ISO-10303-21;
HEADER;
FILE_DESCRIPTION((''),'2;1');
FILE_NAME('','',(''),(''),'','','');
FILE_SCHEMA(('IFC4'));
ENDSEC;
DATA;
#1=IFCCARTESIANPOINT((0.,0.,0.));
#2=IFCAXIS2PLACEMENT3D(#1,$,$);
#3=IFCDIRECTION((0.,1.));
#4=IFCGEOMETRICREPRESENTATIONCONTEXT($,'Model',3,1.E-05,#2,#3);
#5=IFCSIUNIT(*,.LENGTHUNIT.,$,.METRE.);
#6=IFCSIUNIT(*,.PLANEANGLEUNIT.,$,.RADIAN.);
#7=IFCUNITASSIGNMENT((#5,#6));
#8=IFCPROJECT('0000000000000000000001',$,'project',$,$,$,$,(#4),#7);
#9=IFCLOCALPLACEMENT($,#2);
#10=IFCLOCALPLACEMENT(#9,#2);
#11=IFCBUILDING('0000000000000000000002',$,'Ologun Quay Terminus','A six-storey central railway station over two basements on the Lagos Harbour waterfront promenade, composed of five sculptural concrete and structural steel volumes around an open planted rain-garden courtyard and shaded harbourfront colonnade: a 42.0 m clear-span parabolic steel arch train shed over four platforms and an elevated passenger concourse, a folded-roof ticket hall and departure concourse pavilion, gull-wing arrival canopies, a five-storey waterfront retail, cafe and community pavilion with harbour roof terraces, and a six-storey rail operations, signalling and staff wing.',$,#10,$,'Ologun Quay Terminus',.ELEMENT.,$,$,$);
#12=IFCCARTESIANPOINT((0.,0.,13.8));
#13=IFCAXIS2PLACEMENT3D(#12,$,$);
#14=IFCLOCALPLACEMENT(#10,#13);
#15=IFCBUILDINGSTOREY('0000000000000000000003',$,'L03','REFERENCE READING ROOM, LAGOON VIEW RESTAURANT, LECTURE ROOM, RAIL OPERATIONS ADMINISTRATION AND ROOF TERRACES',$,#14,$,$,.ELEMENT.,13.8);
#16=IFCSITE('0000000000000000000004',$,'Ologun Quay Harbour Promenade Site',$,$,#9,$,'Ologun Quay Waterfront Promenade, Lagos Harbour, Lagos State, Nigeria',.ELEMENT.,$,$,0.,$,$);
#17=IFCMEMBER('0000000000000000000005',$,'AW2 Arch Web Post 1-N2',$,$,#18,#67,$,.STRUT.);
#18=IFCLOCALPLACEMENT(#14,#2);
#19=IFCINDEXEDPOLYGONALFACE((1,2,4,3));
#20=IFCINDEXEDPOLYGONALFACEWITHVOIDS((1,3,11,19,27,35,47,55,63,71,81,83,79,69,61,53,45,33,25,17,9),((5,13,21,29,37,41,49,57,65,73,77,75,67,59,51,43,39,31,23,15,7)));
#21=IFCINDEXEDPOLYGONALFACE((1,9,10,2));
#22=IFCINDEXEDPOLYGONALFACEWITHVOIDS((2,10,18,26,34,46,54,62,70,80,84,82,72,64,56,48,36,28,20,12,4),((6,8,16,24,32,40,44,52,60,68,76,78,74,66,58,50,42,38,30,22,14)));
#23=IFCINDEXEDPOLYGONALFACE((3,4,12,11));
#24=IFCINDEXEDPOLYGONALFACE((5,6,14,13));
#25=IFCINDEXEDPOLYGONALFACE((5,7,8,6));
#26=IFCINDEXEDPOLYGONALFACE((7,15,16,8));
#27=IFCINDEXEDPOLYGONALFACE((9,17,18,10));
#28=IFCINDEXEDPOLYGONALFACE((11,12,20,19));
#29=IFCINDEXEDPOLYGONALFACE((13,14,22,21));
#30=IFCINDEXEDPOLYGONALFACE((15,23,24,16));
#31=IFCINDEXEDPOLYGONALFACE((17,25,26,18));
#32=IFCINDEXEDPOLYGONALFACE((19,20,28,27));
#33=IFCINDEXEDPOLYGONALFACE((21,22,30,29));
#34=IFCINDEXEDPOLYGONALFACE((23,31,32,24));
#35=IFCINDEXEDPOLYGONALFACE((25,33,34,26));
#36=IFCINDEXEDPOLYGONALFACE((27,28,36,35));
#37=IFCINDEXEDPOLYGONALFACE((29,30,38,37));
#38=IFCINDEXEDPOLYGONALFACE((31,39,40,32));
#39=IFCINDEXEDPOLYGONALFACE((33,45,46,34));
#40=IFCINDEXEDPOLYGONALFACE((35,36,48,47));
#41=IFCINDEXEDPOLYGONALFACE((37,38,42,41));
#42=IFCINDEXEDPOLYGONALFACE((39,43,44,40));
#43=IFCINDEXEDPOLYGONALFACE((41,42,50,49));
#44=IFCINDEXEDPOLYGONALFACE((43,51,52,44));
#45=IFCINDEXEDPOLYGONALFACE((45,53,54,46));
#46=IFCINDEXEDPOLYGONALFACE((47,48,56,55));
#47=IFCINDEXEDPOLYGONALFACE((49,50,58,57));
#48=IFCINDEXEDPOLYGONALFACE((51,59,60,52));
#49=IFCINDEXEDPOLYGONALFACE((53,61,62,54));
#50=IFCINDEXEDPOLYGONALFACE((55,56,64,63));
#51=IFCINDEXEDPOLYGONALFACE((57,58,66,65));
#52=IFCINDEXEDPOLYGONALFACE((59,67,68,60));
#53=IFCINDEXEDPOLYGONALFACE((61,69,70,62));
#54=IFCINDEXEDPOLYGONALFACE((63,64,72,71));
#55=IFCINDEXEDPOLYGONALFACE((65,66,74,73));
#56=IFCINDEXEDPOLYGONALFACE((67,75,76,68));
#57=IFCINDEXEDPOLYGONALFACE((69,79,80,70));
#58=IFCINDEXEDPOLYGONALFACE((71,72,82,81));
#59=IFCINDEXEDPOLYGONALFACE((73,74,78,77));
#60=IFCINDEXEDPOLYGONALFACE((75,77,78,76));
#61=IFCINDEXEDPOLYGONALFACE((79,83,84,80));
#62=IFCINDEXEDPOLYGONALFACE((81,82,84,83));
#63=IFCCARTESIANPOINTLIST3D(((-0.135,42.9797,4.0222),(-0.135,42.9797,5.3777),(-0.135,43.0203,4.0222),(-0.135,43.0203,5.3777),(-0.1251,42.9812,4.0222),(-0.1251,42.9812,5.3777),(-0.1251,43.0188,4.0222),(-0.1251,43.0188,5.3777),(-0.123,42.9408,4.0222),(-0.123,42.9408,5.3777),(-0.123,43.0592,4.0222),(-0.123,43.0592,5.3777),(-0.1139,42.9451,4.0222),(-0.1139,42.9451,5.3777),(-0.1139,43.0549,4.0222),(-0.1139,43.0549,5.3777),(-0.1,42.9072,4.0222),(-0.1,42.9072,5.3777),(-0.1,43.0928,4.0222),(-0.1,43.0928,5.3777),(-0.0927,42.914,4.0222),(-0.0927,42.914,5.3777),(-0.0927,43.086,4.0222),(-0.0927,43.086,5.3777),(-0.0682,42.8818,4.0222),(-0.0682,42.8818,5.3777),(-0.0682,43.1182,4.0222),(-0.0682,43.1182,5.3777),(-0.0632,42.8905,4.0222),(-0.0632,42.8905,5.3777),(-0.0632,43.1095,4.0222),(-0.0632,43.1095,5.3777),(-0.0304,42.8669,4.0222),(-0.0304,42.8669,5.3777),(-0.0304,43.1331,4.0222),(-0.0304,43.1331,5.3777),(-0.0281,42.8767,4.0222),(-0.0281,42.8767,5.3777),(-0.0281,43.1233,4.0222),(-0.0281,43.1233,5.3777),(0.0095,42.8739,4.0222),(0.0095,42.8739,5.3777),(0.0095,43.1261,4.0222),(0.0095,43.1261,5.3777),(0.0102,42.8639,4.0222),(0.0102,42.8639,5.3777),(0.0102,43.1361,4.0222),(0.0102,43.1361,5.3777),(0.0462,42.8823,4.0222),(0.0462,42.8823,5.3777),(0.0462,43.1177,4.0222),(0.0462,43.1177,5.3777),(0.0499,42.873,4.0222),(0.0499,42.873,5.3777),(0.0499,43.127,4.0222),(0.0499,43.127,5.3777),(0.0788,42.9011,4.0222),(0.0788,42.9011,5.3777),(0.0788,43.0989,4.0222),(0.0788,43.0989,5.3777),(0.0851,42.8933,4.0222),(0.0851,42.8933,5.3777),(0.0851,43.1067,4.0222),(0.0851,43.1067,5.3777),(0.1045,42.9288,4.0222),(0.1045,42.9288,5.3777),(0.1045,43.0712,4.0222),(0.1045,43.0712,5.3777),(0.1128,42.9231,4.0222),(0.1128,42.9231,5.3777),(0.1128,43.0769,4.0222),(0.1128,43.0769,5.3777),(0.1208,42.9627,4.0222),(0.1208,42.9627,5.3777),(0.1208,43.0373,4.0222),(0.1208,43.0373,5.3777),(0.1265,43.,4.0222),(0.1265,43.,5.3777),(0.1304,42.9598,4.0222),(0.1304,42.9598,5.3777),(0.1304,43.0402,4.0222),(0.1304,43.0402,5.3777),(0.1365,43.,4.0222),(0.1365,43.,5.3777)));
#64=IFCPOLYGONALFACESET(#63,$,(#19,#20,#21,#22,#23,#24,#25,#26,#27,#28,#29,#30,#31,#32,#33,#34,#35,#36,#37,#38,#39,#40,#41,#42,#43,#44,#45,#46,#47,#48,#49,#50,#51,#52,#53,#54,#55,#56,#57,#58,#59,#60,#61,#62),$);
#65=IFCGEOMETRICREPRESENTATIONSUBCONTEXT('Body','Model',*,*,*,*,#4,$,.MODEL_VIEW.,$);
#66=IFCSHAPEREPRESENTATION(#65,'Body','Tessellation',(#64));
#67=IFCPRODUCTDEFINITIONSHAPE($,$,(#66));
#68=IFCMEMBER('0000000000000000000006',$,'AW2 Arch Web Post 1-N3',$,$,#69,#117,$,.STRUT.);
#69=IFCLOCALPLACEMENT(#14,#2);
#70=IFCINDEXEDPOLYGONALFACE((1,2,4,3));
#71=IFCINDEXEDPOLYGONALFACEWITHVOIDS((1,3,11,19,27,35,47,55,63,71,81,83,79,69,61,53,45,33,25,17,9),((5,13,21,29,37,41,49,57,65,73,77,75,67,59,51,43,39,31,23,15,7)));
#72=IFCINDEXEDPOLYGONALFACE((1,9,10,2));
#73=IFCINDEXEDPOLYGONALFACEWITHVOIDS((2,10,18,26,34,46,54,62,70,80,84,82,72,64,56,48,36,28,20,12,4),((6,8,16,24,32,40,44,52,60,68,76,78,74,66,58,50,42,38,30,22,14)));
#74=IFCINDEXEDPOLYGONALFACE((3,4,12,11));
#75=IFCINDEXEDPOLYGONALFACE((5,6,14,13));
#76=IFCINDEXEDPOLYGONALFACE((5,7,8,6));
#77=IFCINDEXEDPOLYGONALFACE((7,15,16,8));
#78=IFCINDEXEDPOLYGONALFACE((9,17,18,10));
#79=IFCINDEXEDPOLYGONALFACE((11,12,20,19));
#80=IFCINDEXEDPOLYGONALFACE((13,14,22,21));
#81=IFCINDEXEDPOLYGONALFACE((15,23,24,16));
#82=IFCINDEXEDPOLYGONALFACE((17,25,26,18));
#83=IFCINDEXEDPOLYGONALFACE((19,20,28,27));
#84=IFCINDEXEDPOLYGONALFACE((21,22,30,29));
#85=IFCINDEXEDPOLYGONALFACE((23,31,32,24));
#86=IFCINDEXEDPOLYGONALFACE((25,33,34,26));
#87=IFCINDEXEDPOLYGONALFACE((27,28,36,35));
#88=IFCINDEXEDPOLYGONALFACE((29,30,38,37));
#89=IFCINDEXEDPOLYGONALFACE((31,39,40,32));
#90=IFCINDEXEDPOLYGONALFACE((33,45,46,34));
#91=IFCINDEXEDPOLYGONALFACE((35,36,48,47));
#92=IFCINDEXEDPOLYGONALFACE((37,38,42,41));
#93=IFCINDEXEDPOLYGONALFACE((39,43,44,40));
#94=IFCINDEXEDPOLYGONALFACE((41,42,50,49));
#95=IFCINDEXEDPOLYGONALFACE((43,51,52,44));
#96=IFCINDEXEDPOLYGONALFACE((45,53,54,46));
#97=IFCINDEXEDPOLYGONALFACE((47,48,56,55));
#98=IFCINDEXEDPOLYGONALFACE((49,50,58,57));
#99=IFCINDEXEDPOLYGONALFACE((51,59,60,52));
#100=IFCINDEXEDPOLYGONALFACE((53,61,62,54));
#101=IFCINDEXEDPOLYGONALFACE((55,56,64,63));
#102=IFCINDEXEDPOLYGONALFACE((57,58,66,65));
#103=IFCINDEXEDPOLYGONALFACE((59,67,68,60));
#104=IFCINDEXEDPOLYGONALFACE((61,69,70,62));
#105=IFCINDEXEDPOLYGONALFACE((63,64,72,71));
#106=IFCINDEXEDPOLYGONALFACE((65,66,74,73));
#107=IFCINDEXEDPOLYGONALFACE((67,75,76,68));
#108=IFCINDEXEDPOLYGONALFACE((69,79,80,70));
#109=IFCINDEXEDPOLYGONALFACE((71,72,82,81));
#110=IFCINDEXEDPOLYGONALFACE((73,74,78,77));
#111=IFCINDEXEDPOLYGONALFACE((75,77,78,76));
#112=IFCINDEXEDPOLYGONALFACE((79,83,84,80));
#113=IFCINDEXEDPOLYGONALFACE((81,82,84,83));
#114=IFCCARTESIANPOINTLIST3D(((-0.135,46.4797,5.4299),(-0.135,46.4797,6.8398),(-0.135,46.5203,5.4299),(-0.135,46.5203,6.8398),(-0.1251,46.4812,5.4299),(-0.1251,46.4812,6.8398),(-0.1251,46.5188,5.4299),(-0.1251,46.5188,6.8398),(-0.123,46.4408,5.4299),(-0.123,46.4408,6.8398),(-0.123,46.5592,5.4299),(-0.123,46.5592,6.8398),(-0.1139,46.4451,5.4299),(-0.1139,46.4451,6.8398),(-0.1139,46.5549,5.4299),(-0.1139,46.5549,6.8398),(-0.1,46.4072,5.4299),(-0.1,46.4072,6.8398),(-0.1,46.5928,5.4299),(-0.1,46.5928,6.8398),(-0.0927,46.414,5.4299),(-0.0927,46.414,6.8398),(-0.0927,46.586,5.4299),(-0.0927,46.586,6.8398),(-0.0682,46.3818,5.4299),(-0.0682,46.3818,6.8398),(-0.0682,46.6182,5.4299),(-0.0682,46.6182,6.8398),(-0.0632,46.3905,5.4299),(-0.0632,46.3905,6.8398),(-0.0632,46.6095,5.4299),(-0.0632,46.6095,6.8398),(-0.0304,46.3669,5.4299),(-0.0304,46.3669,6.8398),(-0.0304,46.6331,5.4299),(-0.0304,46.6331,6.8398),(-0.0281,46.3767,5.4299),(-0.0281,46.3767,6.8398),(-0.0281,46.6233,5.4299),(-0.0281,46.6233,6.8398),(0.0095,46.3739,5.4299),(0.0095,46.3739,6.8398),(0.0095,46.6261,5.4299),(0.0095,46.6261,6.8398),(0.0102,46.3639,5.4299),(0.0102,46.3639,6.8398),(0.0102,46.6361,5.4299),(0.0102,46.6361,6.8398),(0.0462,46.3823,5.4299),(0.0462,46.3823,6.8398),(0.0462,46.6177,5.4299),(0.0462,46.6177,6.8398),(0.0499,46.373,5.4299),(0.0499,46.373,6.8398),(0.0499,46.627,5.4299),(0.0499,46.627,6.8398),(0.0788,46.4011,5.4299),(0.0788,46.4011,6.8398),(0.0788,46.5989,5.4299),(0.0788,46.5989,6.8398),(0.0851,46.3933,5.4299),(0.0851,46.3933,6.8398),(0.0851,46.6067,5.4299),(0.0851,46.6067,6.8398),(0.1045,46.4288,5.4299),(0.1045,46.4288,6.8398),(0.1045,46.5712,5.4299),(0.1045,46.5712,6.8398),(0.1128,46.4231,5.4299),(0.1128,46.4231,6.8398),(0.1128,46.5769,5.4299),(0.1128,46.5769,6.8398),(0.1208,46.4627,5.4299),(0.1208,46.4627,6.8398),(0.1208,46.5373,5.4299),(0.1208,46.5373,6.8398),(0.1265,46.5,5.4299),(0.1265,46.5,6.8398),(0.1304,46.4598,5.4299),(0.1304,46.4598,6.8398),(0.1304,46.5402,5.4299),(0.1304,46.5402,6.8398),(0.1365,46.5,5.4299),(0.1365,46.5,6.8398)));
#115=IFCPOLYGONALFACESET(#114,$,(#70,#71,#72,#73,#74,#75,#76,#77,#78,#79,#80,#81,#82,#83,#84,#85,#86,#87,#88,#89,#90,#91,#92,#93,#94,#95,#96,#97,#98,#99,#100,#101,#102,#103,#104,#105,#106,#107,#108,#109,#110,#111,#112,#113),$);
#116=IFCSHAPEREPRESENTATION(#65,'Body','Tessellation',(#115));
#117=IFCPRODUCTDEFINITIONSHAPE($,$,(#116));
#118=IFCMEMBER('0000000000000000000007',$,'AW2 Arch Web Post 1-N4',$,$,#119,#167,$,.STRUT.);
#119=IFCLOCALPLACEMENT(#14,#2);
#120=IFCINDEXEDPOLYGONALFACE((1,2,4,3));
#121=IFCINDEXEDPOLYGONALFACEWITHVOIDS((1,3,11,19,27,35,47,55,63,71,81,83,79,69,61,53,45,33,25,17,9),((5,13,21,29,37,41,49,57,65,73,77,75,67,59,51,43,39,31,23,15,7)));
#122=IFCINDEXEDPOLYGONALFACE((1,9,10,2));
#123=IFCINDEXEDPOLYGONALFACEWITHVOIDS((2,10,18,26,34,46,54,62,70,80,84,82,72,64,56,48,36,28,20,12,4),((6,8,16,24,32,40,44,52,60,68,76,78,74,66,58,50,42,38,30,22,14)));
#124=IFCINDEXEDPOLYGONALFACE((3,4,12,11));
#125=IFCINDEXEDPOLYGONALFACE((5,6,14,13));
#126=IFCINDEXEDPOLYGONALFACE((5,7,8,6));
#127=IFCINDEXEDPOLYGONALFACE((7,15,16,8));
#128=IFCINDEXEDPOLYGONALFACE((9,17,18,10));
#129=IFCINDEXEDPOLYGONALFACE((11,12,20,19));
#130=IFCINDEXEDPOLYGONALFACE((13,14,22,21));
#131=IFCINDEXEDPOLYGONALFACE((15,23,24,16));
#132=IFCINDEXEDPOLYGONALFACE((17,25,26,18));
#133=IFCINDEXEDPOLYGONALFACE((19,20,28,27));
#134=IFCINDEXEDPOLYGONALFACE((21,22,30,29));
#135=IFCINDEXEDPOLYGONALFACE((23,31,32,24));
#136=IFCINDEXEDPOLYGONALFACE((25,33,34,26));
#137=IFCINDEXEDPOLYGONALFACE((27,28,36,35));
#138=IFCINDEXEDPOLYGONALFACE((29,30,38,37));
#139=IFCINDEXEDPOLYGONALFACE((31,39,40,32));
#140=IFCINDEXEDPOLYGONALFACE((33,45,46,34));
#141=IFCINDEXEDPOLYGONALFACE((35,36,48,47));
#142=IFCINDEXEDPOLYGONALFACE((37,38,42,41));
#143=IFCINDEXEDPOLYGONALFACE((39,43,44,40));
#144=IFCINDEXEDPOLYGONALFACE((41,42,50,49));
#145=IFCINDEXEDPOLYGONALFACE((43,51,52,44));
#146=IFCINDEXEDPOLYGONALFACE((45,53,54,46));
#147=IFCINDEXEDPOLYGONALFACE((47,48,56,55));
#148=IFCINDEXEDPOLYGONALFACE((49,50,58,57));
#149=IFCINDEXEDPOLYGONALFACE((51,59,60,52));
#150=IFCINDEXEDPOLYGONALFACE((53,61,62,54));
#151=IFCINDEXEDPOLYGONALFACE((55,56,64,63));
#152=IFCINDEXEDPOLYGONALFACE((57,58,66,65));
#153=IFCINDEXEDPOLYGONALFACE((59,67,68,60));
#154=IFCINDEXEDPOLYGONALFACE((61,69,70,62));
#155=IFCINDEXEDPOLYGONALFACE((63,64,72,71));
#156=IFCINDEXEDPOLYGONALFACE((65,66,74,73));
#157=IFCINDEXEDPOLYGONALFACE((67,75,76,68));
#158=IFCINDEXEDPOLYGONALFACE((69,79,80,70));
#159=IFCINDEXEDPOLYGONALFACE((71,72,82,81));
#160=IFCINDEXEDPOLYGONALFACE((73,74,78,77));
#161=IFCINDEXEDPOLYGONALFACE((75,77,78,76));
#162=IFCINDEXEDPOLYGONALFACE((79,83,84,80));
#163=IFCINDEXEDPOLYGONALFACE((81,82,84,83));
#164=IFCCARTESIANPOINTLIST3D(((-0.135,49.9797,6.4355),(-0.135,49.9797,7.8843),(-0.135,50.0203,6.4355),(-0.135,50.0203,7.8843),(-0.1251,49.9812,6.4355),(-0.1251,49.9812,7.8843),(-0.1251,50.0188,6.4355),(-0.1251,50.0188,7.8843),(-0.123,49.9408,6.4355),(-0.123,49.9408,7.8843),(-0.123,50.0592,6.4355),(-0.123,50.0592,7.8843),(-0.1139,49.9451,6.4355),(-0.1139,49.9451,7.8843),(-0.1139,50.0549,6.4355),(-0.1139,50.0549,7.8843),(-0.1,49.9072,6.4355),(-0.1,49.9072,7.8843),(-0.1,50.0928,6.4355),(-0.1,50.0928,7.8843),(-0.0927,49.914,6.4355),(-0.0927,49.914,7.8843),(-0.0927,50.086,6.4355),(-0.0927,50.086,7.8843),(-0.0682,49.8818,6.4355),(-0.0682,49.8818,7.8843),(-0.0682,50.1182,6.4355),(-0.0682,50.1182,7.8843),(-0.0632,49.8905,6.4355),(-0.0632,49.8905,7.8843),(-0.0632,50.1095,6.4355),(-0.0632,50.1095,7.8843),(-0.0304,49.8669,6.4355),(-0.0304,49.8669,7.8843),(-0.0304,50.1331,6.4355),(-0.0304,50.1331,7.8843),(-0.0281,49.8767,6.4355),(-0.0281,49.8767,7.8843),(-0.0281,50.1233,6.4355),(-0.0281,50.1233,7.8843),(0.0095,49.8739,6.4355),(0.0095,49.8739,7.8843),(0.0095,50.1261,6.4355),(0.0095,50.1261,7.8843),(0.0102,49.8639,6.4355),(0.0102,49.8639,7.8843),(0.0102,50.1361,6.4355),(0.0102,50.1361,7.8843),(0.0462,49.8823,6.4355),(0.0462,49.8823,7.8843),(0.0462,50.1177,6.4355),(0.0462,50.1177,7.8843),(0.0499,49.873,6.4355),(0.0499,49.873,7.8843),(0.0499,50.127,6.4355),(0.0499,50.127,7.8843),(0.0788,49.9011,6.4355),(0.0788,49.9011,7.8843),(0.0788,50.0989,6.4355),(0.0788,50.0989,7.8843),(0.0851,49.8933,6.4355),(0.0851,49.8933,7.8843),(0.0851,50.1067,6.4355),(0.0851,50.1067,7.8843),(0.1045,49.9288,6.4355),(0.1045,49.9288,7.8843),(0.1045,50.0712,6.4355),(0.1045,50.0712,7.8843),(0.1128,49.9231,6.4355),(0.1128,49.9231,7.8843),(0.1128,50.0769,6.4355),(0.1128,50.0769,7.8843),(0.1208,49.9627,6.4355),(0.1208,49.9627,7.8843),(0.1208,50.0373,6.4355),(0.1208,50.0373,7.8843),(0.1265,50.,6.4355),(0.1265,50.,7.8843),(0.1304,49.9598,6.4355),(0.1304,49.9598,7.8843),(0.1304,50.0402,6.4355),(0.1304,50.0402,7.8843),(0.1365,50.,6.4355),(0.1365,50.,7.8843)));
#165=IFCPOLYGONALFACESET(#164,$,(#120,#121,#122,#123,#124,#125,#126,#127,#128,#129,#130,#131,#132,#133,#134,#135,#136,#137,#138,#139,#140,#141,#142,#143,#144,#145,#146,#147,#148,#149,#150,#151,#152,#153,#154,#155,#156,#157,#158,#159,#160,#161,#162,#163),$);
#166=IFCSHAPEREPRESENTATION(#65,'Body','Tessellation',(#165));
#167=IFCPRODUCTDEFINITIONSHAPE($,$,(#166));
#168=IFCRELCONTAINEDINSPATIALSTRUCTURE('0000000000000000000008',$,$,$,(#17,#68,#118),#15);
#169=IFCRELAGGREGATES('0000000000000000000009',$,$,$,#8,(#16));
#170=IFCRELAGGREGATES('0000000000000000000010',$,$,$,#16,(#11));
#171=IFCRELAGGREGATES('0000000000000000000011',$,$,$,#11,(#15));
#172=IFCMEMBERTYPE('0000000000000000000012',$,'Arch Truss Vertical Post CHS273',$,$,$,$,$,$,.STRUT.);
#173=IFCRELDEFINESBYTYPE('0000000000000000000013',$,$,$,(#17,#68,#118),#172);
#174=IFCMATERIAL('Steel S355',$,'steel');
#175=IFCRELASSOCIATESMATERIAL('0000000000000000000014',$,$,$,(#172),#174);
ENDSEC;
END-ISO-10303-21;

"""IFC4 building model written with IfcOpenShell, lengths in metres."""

from ifc_helpers import new_model, si_unit, direction, frame, origin, origin_2d, place, context, subcontext, project, spatial, hollow_circle, extrude, material, material_profile, profile_set, type_object, element, save


model = new_model("IFC4")

# Units and contexts
model_context = context("Model", 3, precision=1e-05, world=origin(), true_north=direction((0.0, 1.0)))
body_context = subcontext(model_context, "Body", "Model", "MODEL_VIEW")
ifc_project = project(units=[si_unit("LENGTHUNIT", "METRE"), si_unit("PLANEANGLEUNIT", "RADIAN")], contexts=[model_context])

# Site, building, storey
site_placement = place(None, origin())
site = spatial("IfcSite", under=ifc_project, at=site_placement, Name="Ologun Quay Harbour Promenade Site", LongName="Ologun Quay Waterfront Promenade, Lagos Harbour, Lagos State, Nigeria", CompositionType="ELEMENT", RefElevation=0.0)
building_placement = place(site_placement, origin())
building = spatial("IfcBuilding", under=site, at=building_placement, Name="Ologun Quay Terminus", Description="A six-storey central railway station over two basements on the Lagos Harbour waterfront promenade, composed of five sculptural concrete and structural steel volumes around an open planted rain-garden courtyard and shaded harbourfront colonnade: a 42.0 m clear-span parabolic steel arch train shed over four platforms and an elevated passenger concourse, a folded-roof ticket hall and departure concourse pavilion, gull-wing arrival canopies, a five-storey waterfront retail, cafe and community pavilion with harbour roof terraces, and a six-storey rail operations, signalling and staff wing.", LongName="Ologun Quay Terminus", CompositionType="ELEMENT")
storey_placement = place(building_placement, frame((0.0, 0.0, 13.8)))
storey = spatial("IfcBuildingStorey", under=building, at=storey_placement, Name="L03", Description="REFERENCE READING ROOM, LAGOON VIEW RESTAURANT, LECTURE ROOM, RAIL OPERATIONS ADMINISTRATION AND ROOF TERRACES", CompositionType="ELEMENT", Elevation=13.8)

# Members
ifc_material_1 = material(Name="Steel S355", Category="steel")
ifc_material_profile_1 = material_profile(ifc_material_1, hollow_circle(Radius=0.1365, WallThickness=0.01, at=origin_2d()), Name="CHS 273x10")
ifc_profile_set_1 = profile_set([ifc_material_profile_1], Name="Steel S355")
member_type_1 = type_object("IfcMemberType", Name="Arch Truss Vertical Post CHS273", PredefinedType="STRUT", material=ifc_profile_set_1)
member_1_placement = place(storey_placement, frame((0.0, 43.0, 4.0222), z_axis=(0.0, 0.0, 1.0), x_axis=(1.0, 0.0, 0.0)))
element("IfcMember", 1, at=member_1_placement, inside=storey, type_object=member_type_1, Name="AW2 Arch Web Post 1-N2", PredefinedType="STRUT", context=body_context, shape_type="SweptSolid", body=[
    extrude(hollow_circle(Radius=0.1365, WallThickness=0.01, at=origin_2d()), origin(), (0.0, 0.0, 1.0), 1.3555),
])
member_2_placement = place(storey_placement, frame((0.0, 46.5, 5.4299), z_axis=(0.0, 0.0, 1.0), x_axis=(1.0, 0.0, 0.0)))
element("IfcMember", 2, at=member_2_placement, inside=storey, type_object=member_type_1, Name="AW2 Arch Web Post 1-N3", PredefinedType="STRUT", context=body_context, shape_type="SweptSolid", body=[
    extrude(hollow_circle(Radius=0.1365, WallThickness=0.01, at=origin_2d()), origin(), (0.0, 0.0, 1.0), 1.4099),
])
member_3_placement = place(storey_placement, frame((0.0, 50.0, 6.4355), z_axis=(0.0, 0.0, 1.0), x_axis=(1.0, 0.0, 0.0)))
element("IfcMember", 3, at=member_3_placement, inside=storey, type_object=member_type_1, Name="AW2 Arch Web Post 1-N4", PredefinedType="STRUT", context=body_context, shape_type="SweptSolid", body=[
    extrude(hollow_circle(Radius=0.1365, WallThickness=0.01, at=origin_2d()), origin(), (0.0, 0.0, 1.0), 1.4487),
])

save(model, "model.ifc")
